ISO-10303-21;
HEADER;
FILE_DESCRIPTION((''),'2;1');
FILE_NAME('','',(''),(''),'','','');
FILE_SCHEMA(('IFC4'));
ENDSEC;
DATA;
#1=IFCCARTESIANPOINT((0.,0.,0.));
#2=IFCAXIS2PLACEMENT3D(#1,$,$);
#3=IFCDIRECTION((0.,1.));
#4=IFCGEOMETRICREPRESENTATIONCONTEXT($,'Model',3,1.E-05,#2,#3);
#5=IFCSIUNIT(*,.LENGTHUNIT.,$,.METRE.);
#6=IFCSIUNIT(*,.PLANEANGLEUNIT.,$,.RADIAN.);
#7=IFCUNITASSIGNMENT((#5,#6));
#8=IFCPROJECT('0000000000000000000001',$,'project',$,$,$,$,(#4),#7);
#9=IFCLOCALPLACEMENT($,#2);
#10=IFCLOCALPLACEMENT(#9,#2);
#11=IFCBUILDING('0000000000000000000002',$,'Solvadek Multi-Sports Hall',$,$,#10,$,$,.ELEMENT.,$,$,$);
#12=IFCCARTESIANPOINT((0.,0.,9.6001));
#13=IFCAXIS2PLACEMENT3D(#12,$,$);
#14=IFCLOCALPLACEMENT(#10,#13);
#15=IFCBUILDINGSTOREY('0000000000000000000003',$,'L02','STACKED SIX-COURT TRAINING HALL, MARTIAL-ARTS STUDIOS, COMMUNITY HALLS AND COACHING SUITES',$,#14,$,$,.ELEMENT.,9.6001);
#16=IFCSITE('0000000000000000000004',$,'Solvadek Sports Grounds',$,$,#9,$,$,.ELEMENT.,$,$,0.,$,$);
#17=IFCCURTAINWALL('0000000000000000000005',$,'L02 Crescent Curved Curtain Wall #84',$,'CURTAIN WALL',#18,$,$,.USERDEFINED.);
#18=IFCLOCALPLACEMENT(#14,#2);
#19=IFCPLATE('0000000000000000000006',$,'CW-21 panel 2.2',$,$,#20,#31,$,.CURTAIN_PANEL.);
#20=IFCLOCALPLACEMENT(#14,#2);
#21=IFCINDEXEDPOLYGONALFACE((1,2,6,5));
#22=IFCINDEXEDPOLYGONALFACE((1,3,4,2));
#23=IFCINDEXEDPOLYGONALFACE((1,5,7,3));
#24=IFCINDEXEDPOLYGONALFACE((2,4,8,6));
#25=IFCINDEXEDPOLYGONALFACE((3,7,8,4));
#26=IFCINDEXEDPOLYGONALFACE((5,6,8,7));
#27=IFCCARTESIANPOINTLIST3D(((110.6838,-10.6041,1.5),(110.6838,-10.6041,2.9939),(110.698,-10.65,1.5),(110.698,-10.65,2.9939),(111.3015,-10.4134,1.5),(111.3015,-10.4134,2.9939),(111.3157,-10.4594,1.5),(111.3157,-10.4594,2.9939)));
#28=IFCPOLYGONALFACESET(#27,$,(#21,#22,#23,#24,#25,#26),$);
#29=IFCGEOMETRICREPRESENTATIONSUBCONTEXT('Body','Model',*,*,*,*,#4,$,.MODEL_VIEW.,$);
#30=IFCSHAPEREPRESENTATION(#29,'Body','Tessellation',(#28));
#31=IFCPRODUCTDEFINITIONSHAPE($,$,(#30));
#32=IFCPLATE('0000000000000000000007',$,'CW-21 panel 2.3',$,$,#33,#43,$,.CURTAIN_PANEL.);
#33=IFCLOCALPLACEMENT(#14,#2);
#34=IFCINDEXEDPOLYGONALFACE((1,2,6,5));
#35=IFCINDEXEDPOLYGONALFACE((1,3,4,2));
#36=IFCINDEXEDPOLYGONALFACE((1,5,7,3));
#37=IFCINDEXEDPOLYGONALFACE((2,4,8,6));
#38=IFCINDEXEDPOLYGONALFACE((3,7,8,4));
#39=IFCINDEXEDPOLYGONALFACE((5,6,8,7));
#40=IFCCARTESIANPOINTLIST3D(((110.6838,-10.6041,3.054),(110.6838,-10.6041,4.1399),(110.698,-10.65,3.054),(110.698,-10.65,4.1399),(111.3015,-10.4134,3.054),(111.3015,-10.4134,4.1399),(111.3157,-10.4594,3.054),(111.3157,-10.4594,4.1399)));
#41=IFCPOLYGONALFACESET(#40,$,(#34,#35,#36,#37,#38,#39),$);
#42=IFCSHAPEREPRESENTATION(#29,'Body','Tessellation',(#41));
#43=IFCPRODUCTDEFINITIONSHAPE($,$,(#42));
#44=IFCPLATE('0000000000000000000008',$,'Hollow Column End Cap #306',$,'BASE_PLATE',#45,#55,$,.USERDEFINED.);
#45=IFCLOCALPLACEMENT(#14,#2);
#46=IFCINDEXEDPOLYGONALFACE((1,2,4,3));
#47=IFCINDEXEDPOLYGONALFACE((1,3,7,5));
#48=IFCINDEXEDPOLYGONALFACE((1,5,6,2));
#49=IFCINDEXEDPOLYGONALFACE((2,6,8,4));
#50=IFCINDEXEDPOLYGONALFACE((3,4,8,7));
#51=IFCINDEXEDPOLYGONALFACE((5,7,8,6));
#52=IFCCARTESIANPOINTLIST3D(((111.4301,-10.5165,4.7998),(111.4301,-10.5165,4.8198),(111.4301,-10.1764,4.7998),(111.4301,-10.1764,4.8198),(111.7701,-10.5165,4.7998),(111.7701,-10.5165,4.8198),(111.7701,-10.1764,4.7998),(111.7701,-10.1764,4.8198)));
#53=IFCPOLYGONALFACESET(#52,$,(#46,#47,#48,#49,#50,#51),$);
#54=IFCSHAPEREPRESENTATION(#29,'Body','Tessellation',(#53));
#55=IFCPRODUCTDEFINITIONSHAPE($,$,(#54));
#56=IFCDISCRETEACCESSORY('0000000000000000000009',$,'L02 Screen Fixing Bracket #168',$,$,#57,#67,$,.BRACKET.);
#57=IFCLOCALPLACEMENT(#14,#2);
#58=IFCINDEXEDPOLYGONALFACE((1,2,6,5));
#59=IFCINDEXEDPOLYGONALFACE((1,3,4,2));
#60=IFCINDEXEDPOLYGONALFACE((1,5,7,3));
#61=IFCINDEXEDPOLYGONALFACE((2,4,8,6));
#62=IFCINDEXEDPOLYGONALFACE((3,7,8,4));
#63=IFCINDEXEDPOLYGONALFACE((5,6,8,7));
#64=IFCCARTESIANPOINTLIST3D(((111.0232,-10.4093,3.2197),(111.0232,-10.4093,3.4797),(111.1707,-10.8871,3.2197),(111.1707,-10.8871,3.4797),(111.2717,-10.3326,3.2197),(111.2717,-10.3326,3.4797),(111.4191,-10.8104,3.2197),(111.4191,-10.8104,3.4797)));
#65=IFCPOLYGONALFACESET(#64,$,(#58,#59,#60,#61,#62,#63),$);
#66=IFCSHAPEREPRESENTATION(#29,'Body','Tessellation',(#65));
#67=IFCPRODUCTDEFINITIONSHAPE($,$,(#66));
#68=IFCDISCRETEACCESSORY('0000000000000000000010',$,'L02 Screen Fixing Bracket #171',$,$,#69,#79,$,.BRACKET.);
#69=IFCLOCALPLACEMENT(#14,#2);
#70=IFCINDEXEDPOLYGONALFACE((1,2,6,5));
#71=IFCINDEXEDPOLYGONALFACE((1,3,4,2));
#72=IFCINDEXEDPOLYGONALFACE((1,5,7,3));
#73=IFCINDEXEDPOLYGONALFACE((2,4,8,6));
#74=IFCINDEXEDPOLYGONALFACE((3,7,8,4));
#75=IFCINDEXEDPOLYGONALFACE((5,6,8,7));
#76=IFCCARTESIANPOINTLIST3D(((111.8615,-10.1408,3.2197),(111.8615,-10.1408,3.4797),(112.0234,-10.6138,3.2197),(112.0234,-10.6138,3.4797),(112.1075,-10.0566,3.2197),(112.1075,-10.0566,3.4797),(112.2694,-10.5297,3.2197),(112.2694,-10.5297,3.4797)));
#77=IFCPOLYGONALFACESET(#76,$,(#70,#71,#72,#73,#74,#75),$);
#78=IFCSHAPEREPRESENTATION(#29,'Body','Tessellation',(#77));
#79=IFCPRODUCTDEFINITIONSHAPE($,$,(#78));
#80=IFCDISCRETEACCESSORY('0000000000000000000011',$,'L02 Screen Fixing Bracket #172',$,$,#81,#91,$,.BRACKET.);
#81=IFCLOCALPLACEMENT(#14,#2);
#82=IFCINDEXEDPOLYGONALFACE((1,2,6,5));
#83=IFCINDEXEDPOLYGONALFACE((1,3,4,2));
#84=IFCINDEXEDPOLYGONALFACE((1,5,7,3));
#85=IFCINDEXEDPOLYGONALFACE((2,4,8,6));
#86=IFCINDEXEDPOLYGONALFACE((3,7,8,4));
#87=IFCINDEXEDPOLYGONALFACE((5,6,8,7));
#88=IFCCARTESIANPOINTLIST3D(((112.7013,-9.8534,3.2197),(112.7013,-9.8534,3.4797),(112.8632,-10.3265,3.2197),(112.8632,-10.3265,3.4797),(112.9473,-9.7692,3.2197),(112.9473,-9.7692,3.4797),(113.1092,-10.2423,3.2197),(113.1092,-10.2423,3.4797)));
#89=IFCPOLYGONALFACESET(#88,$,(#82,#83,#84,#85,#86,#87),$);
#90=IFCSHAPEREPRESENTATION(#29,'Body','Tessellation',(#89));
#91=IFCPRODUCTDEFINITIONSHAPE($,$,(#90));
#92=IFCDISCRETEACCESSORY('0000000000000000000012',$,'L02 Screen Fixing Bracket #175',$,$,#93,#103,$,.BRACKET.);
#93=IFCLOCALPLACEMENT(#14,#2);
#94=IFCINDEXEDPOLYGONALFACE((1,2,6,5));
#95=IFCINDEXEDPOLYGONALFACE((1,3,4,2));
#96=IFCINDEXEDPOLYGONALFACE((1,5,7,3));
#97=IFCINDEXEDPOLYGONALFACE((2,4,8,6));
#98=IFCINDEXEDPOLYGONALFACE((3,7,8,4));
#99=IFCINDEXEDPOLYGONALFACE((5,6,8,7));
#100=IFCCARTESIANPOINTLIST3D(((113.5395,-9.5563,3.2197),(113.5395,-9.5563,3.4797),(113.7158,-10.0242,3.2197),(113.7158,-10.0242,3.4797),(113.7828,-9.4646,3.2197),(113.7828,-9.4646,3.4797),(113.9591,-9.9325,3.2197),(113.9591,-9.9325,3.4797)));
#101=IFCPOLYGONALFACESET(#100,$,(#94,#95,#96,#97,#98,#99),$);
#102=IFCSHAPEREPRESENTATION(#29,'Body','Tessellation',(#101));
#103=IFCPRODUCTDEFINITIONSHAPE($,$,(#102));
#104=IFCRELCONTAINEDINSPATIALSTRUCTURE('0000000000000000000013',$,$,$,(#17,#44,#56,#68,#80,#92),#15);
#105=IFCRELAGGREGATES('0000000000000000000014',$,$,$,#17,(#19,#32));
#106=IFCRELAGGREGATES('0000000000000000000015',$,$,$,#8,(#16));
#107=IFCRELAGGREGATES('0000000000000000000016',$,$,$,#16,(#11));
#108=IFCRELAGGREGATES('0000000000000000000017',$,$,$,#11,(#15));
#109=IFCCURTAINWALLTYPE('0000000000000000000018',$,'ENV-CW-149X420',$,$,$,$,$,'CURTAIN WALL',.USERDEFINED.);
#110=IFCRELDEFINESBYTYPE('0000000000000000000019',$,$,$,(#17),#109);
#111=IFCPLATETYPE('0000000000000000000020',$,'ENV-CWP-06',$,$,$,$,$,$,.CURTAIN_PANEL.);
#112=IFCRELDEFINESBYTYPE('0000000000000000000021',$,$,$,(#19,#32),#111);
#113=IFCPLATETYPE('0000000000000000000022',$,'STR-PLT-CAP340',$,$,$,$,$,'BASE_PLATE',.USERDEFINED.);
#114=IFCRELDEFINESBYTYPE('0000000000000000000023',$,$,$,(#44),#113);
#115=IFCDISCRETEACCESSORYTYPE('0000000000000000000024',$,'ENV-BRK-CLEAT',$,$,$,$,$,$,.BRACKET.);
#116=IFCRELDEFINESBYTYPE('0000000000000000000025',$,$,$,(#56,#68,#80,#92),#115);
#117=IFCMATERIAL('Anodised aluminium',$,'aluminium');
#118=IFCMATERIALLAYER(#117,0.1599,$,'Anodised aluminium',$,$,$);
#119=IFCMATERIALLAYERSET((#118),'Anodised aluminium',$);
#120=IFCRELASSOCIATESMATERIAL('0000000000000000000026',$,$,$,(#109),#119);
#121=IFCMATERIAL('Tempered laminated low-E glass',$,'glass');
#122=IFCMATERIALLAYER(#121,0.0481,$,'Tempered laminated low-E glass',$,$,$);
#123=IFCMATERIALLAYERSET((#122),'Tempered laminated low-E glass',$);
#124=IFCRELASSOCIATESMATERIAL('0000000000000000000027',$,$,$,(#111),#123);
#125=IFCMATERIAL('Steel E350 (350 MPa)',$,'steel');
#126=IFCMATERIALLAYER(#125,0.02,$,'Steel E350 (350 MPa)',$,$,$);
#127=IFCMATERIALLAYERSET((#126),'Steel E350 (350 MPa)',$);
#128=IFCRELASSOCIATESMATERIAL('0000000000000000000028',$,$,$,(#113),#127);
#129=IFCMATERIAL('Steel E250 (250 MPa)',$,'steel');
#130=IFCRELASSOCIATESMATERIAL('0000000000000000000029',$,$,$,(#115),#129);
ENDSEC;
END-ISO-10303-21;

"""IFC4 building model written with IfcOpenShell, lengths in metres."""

from ifc_helpers import new_model, si_unit, direction, frame, origin, origin_2d, place, context, subcontext, project, spatial, rectangle, extrude, material, layer, layer_set, type_object, element, aggregate, save


model = new_model("IFC4")

# Units and contexts
model_context = context("Model", 3, precision=1e-05, world=origin(), true_north=direction((0.0, 1.0)))
body_context = subcontext(model_context, "Body", "Model", "MODEL_VIEW")
ifc_project = project(units=[si_unit("LENGTHUNIT", "METRE"), si_unit("PLANEANGLEUNIT", "RADIAN")], contexts=[model_context])

# Site, building, storey
site_placement = place(None, origin())
site = spatial("IfcSite", under=ifc_project, at=site_placement, Name="Solvadek Sports Grounds", CompositionType="ELEMENT", RefElevation=0.0)
building_placement = place(site_placement, origin())
building = spatial("IfcBuilding", under=site, at=building_placement, Name="Solvadek Multi-Sports Hall", CompositionType="ELEMENT")
storey_placement = place(building_placement, frame((0.0, 0.0, 9.6001)))
storey = spatial("IfcBuildingStorey", under=building, at=storey_placement, Name="L02", Description="STACKED SIX-COURT TRAINING HALL, MARTIAL-ARTS STUDIOS, COMMUNITY HALLS AND COACHING SUITES", CompositionType="ELEMENT", Elevation=9.6001)

# Curtain wall
ifc_material_1 = material(Name="Anodised aluminium", Category="aluminium")
ifc_layer_1 = layer(ifc_material_1, 0.1599, Name="Anodised aluminium")
ifc_layer_set_1 = layer_set([ifc_layer_1], Name="Anodised aluminium")
curtain_wall_type_1 = type_object("IfcCurtainWallType", Name="ENV-CW-149X420", ElementType="CURTAIN WALL", PredefinedType="USERDEFINED", material=ifc_layer_set_1)
curtain_wall_1_placement = place(storey_placement, origin())
curtain_wall_1 = element("IfcCurtainWall", 1, at=curtain_wall_1_placement, inside=storey, type_object=curtain_wall_type_1, Name="L02 Crescent Curved Curtain Wall #84", ObjectType="CURTAIN WALL", PredefinedType="USERDEFINED")

# Shared definitions
ifc_material_2 = material(Name="Steel E350 (350 MPa)", Category="steel")

# Shared definitions
ifc_material_3 = material(Name="Steel E250 (250 MPa)", Category="steel")

# Plates
ifc_material_4 = material(Name="Tempered laminated low-E glass", Category="glass")
ifc_layer_2 = layer(ifc_material_4, 0.0481, Name="Tempered laminated low-E glass")
ifc_layer_set_2 = layer_set([ifc_layer_2], Name="Tempered laminated low-E glass")
plate_type_1 = type_object("IfcPlateType", Name="ENV-CWP-06", PredefinedType="CURTAIN_PANEL", material=ifc_layer_set_2)
plate_1_placement = place(storey_placement, frame((110.9998, -10.5317, 1.5), z_axis=(0.0, 0.0, 1.0), x_axis=(0.955521, 0.294922, 0.0)))
plate_1 = element("IfcPlate", 2, at=plate_1_placement, type_object=plate_type_1, Name="CW-21 panel 2.2", PredefinedType="CURTAIN_PANEL", context=body_context, shape_type="SweptSolid", body=[
    extrude(rectangle(XDim=0.6465, YDim=0.0481, at=origin_2d()), origin(), (0.0, 0.0, 1.0), 1.4939),
])
plate_2_placement = place(storey_placement, frame((110.9998, -10.5317, 3.054), z_axis=(0.0, 0.0, 1.0), x_axis=(0.955521, 0.294922, 0.0)))
plate_2 = element("IfcPlate", 3, at=plate_2_placement, type_object=plate_type_1, Name="CW-21 panel 2.3", PredefinedType="CURTAIN_PANEL", context=body_context, shape_type="SweptSolid", body=[
    extrude(rectangle(XDim=0.6465, YDim=0.0481, at=origin_2d()), origin(), (0.0, 0.0, 1.0), 1.0859),
])
aggregate(curtain_wall_1, [plate_1, plate_2])
ifc_layer_3 = layer(ifc_material_2, 0.02, Name="Steel E350 (350 MPa)")
ifc_layer_set_3 = layer_set([ifc_layer_3], Name="Steel E350 (350 MPa)")
plate_type_2 = type_object("IfcPlateType", Name="STR-PLT-CAP340", ElementType="BASE_PLATE", PredefinedType="USERDEFINED", material=ifc_layer_set_3)
plate_3_placement = place(storey_placement, frame((111.6001, -10.3464, 4.7998), z_axis=(0.0, 0.0, 1.0), x_axis=(1.0, 0.0, 0.0)))
element("IfcPlate", 4, at=plate_3_placement, inside=storey, type_object=plate_type_2, Name="Hollow Column End Cap #306", ObjectType="BASE_PLATE", PredefinedType="USERDEFINED", context=body_context, shape_type="SweptSolid", body=[
    extrude(rectangle(XDim=0.3401, YDim=0.3401, at=origin_2d()), origin(), (0.0, 0.0, 1.0), 0.02),
])

# Discrete accessories
discrete_accessory_type = type_object("IfcDiscreteAccessoryType", Name="ENV-BRK-CLEAT", PredefinedType="BRACKET", material=ifc_material_3)
for number, where, z_axis, x_axis, name in (
    (5, (111.2212, -10.6099, 3.2197), (0.0, 0.0, 1.0), (0.955527, 0.294905, 0.0), "L02 Screen Fixing Bracket #168"),
    (6, (112.0654, -10.3352, 3.2197), (0.0, 0.0, 1.0), (0.946153, 0.32372, 0.0), "L02 Screen Fixing Bracket #171"),
    (7, (112.9053, -10.0479, 3.2197), (0.0, 0.0, 1.0), (0.946153, 0.32372, 0.0), "L02 Screen Fixing Bracket #172"),
    (8, (113.7493, -9.7444, 3.2197), (0.0, 0.0, 1.0), (0.93576, 0.352637, 0.0), "L02 Screen Fixing Bracket #175"),
):
    element("IfcDiscreteAccessory", number, at=place(storey_placement, frame(where, z_axis=z_axis, x_axis=x_axis)), inside=storey, type_object=discrete_accessory_type, Name=name, PredefinedType="BRACKET", context=body_context, shape_type="SweptSolid", body=[
        extrude(rectangle(XDim=0.26, YDim=0.5, at=origin_2d()), origin(), (0.0, 0.0, 1.0), 0.26),
    ])

save(model, "model.ifc")
